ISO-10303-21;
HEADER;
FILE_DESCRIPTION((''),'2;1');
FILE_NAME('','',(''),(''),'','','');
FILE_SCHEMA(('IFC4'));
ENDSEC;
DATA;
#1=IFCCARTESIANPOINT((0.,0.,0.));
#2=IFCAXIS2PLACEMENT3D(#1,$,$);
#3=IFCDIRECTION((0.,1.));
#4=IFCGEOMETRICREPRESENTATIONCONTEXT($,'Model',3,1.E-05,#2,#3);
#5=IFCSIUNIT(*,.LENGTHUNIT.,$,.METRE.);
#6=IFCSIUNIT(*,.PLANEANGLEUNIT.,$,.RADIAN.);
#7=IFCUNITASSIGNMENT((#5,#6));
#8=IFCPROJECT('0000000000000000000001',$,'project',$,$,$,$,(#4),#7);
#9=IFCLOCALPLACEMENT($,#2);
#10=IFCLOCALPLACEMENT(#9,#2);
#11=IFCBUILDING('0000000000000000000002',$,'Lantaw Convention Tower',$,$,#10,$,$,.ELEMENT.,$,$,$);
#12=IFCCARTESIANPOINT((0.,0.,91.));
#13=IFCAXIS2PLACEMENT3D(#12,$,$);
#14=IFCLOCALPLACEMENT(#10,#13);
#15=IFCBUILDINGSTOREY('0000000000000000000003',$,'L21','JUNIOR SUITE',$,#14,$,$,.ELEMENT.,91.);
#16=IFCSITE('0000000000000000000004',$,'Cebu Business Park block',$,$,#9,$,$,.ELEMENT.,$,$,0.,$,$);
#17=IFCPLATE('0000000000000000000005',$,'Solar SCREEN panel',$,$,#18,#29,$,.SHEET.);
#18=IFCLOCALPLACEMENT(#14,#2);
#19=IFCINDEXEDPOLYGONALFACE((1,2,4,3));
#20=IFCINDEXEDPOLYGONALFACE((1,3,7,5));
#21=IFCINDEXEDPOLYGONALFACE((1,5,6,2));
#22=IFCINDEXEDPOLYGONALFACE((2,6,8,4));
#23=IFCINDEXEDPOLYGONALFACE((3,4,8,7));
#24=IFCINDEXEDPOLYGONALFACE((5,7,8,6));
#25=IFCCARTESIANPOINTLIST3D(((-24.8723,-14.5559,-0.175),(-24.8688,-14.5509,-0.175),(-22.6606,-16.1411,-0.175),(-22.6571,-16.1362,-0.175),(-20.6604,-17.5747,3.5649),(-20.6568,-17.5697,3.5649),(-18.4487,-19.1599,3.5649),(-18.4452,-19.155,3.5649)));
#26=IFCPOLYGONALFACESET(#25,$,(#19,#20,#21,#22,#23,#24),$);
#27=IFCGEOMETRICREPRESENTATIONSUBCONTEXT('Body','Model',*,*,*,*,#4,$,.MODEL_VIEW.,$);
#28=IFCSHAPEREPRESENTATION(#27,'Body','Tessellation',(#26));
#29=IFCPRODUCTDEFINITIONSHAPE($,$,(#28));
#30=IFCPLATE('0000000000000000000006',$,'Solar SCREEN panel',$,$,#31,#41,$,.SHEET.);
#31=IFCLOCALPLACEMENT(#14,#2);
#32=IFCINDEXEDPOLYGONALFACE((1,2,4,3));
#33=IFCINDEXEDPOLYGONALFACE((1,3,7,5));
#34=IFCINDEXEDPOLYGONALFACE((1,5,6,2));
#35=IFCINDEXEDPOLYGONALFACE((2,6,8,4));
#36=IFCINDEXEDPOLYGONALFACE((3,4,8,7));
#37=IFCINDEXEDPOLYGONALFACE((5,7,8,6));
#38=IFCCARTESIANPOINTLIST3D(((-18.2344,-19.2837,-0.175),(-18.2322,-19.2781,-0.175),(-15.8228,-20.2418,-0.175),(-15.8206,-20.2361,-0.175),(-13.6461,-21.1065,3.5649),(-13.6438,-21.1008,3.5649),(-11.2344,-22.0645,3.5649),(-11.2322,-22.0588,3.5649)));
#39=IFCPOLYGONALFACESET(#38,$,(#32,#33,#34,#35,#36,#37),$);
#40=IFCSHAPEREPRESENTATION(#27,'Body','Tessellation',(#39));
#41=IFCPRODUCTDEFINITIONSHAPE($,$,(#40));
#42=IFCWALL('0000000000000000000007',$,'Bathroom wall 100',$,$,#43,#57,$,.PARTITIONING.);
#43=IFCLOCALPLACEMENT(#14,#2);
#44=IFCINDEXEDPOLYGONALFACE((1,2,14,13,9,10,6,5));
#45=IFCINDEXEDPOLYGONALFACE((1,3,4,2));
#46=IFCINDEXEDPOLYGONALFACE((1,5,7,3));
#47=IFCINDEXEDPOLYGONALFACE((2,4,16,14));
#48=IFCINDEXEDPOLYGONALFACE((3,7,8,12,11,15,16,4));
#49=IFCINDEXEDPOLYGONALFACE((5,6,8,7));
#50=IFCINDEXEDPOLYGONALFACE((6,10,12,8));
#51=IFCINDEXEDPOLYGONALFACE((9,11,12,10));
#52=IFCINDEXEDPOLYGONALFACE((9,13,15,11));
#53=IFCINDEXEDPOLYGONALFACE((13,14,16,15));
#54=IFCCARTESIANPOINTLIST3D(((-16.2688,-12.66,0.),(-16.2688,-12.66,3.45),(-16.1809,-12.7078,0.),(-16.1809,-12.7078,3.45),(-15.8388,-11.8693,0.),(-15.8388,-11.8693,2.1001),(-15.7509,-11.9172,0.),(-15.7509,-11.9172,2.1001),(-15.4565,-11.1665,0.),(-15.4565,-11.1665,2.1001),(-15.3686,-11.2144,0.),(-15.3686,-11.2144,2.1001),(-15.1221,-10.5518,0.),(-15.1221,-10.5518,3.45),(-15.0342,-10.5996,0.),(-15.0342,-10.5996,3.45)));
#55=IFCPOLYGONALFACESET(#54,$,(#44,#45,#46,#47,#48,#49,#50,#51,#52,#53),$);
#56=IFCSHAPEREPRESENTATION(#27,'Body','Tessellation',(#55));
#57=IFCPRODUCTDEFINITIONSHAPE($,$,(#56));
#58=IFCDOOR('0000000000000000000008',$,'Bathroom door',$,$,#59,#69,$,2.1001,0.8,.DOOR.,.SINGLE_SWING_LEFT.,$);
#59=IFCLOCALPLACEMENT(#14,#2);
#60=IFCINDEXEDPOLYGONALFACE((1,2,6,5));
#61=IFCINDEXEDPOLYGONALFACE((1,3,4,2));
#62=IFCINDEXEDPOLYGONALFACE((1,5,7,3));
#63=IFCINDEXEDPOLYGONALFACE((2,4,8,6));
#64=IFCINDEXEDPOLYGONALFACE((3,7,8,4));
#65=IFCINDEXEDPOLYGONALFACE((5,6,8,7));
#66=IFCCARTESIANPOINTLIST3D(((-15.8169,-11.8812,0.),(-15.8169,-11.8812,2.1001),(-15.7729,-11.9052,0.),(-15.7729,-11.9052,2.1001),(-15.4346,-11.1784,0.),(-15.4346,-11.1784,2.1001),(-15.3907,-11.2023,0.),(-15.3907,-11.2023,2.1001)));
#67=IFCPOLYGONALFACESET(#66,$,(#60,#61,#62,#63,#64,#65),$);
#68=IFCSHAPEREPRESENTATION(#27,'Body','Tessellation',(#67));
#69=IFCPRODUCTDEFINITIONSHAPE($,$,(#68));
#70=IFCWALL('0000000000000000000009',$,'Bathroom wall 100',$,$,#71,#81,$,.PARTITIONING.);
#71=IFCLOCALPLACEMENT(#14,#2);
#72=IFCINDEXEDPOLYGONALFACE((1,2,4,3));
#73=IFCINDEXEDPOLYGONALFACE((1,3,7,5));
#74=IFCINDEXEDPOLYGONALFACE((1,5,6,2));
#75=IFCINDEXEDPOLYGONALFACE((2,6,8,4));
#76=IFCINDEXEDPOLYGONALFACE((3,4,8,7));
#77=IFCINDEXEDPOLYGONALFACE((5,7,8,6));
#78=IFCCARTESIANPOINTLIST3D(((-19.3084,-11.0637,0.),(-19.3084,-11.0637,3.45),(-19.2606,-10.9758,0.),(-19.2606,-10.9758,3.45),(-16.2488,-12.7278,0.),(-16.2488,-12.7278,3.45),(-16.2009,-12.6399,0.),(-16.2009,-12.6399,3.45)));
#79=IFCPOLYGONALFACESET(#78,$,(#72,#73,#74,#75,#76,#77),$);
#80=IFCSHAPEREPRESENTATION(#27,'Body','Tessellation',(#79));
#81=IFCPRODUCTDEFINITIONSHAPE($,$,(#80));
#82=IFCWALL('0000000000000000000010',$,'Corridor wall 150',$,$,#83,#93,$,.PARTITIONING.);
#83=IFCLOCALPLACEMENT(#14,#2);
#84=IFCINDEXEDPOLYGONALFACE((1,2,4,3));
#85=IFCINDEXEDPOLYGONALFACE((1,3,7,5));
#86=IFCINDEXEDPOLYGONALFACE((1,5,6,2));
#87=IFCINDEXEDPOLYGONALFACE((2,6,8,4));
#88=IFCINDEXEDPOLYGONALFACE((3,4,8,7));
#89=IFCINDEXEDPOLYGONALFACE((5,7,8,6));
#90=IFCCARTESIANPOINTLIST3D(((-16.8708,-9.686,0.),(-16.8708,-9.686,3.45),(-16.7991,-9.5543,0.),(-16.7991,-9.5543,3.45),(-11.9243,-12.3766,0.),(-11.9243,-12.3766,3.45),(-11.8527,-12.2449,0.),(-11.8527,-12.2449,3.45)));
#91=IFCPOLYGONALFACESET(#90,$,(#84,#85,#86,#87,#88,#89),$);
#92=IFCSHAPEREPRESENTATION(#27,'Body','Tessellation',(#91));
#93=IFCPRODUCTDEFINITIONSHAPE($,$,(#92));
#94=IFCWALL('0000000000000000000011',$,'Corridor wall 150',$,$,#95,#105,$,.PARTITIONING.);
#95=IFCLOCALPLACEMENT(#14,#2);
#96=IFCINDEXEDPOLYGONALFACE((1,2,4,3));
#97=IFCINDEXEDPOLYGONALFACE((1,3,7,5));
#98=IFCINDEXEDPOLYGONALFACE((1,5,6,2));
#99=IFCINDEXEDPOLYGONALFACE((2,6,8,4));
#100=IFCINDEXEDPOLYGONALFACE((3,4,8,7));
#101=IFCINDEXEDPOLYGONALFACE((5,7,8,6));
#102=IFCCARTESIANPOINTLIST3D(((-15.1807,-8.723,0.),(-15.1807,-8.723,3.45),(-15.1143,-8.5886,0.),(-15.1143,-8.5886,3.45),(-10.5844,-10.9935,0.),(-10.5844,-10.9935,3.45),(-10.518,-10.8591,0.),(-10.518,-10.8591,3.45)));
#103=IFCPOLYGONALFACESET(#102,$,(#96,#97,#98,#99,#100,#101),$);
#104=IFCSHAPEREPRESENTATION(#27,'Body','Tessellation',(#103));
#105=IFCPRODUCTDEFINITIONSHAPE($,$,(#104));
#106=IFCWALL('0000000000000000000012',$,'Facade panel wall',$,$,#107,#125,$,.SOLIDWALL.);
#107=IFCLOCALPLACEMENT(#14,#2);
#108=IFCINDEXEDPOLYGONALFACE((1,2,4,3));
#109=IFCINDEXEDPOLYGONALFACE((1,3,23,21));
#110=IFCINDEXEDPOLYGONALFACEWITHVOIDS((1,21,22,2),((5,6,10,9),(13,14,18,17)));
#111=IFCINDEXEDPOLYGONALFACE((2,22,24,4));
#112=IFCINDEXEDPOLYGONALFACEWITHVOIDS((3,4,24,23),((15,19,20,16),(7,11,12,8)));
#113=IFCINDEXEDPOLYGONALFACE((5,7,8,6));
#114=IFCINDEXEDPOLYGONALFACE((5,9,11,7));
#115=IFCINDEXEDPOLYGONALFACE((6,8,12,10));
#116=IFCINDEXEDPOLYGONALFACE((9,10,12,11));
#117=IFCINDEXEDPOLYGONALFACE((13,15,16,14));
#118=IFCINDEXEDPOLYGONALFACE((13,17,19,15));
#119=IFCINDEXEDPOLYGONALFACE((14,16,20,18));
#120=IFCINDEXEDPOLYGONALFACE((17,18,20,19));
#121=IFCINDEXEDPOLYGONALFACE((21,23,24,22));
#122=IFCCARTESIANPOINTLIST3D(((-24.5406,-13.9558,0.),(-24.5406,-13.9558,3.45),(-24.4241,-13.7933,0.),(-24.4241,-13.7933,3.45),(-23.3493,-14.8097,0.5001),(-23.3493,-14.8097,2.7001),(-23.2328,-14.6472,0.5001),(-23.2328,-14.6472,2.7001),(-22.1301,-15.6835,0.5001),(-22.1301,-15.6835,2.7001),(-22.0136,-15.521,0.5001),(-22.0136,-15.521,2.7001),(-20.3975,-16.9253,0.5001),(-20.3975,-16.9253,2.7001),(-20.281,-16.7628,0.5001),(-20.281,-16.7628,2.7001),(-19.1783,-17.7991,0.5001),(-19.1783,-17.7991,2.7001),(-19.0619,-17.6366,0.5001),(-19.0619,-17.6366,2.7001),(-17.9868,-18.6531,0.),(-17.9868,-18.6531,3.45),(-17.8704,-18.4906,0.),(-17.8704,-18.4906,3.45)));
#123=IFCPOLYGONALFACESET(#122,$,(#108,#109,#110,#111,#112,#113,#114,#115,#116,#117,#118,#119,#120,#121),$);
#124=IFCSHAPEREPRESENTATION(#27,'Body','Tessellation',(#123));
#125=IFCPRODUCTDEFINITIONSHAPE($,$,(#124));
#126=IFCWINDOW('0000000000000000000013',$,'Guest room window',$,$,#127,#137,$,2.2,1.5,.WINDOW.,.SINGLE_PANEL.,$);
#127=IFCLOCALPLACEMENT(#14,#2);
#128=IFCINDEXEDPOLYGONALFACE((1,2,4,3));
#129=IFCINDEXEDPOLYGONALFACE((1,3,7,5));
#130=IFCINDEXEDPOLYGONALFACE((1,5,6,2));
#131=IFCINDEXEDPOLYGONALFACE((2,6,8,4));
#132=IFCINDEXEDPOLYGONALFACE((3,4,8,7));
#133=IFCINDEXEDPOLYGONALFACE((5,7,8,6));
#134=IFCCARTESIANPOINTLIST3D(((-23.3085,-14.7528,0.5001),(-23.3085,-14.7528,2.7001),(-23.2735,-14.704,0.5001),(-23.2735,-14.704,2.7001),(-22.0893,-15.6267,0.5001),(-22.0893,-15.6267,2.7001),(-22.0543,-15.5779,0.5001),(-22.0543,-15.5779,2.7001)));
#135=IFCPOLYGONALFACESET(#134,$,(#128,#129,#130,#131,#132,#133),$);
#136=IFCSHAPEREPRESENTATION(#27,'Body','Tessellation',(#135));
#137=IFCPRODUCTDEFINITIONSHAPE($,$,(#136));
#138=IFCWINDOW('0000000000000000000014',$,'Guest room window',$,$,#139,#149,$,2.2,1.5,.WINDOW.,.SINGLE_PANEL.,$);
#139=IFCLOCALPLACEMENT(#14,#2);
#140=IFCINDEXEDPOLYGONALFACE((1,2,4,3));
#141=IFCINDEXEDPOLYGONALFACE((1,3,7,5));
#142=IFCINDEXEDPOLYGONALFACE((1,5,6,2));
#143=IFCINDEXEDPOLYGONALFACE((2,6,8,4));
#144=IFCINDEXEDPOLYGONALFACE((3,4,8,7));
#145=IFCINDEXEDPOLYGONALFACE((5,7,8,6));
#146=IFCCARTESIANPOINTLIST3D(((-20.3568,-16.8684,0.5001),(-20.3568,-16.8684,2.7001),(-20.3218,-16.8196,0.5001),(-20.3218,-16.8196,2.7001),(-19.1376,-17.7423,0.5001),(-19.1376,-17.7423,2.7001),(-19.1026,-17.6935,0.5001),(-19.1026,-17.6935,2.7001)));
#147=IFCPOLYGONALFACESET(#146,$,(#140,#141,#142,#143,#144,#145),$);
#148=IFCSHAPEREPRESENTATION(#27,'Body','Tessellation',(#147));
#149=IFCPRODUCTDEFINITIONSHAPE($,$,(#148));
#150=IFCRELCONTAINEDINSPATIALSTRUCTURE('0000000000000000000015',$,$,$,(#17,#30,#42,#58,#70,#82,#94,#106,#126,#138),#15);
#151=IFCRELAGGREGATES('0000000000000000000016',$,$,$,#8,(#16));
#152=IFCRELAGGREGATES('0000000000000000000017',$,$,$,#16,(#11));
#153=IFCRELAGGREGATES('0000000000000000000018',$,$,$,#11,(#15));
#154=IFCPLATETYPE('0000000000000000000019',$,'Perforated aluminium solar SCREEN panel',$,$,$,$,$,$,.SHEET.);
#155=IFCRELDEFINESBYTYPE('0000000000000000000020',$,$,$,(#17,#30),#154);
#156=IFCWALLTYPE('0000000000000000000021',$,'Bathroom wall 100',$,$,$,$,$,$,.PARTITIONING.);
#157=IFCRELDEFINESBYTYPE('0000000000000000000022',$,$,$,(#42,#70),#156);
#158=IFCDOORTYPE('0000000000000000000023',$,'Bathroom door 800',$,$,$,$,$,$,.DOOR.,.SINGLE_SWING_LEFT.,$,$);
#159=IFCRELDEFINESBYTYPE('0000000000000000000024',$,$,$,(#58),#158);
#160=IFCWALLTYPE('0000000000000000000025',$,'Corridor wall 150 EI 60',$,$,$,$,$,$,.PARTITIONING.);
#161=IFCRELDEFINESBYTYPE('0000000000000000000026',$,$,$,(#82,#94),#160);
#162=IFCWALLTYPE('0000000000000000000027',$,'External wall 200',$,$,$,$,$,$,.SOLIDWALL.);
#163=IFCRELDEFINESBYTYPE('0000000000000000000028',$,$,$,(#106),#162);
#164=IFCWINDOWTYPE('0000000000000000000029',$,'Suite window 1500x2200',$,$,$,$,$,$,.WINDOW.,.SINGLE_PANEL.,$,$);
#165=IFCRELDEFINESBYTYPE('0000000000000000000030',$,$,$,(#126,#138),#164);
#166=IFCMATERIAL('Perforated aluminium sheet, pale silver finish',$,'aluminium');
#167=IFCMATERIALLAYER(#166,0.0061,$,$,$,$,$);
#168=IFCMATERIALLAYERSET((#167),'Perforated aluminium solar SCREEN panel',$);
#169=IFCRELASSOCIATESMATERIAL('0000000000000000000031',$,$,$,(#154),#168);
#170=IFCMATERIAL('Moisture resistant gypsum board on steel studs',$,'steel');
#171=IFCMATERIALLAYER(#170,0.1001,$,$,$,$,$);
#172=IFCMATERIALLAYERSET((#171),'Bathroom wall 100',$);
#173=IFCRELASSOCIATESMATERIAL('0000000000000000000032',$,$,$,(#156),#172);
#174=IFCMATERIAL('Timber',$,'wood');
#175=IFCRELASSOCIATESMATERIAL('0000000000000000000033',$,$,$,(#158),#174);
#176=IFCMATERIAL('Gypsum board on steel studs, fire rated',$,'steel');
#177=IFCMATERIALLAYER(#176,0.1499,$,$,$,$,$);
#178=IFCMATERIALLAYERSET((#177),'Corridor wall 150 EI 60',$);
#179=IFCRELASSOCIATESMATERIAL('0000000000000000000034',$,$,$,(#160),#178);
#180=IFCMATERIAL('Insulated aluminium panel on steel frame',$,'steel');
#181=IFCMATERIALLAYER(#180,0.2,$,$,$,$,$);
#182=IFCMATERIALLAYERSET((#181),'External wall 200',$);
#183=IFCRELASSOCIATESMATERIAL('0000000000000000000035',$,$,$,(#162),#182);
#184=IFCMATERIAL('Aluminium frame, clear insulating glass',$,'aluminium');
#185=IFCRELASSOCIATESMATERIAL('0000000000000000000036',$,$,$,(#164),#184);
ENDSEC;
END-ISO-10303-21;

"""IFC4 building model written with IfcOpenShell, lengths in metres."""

from ifc_helpers import new_model, si_unit, direction, frame, frame_2d, origin, place, context, subcontext, project, spatial, polyline, rectangle, outline, extrude, material, layer, layer_set, type_object, element, fill, save


model = new_model("IFC4")

# Units and contexts
model_context = context("Model", 3, precision=1e-05, world=origin(), true_north=direction((0.0, 1.0)))
body_context = subcontext(model_context, "Body", "Model", "MODEL_VIEW")
ifc_project = project(units=[si_unit("LENGTHUNIT", "METRE"), si_unit("PLANEANGLEUNIT", "RADIAN")], contexts=[model_context])

# Site, building, storey
site_placement = place(None, origin())
site = spatial("IfcSite", under=ifc_project, at=site_placement, Name="Cebu Business Park block", CompositionType="ELEMENT", RefElevation=0.0)
building_placement = place(site_placement, origin())
building = spatial("IfcBuilding", under=site, at=building_placement, Name="Lantaw Convention Tower", CompositionType="ELEMENT")
storey_placement = place(building_placement, frame((0.0, 0.0, 91.0)))
storey = spatial("IfcBuildingStorey", under=building, at=storey_placement, Name="L21", Description="JUNIOR SUITE", CompositionType="ELEMENT", Elevation=91.0)

# Plates
ifc_material_1 = material(Name="Perforated aluminium sheet, pale silver finish", Category="aluminium")
ifc_layer_1 = layer(ifc_material_1, 0.0061)
ifc_layer_set_1 = layer_set([ifc_layer_1], Name="Perforated aluminium solar SCREEN panel")
plate_type = type_object("IfcPlateType", Name="Perforated aluminium solar SCREEN panel", PredefinedType="SHEET", material=ifc_layer_set_1)
plate_1_placement = place(storey_placement, frame((-24.8723, -14.5559, -0.175), z_axis=(-0.582561, -0.812787, 0.000016), x_axis=(0.812787, -0.582561, 0.0)))
element("IfcPlate", 1, at=plate_1_placement, inside=storey, type_object=plate_type, Name="Solar SCREEN panel", PredefinedType="SHEET", context=body_context, shape_type="SweptSolid", body=[
    extrude(outline(polyline([(0.0, 0.0), (2.7211, 0.0), (7.9031, 3.74), (5.182, 3.74), (0.0, 0.0)])), origin(), (0.0, 0.0, -1.0), 0.0061),
])
plate_2_placement = place(storey_placement, frame((-18.2322, -19.2781, -0.175), z_axis=(0.369184, 0.929357, 0.000009), x_axis=(0.929357, -0.369184, 0.0)))
element("IfcPlate", 2, at=plate_2_placement, inside=storey, type_object=plate_type, Name="Solar SCREEN panel", PredefinedType="SHEET", context=body_context, shape_type="SweptSolid", body=[
    extrude(outline(polyline([(0.0, 0.0), (2.5949, 0.0), (7.5321, -3.74), (4.9372, -3.74), (0.0, 0.0)])), origin(), (0.0, 0.0, -1.0), 0.0061),
])

# Wall, opening, door
ifc_material_2 = material(Name="Moisture resistant gypsum board on steel studs", Category="steel")
ifc_layer_2 = layer(ifc_material_2, 0.1001)
ifc_layer_set_2 = layer_set([ifc_layer_2], Name="Bathroom wall 100")
wall_type_1 = type_object("IfcWallType", Name="Bathroom wall 100", PredefinedType="PARTITIONING", material=ifc_layer_set_2)
wall_1_placement = place(storey_placement, frame((-15.0781, -10.5757, 0.0), z_axis=(0.0, 0.0, 1.0), x_axis=(-0.477833, -0.878451, 0.0)))
wall_1 = element("IfcWall", 3, at=wall_1_placement, inside=storey, type_object=wall_type_1, Name="Bathroom wall 100", PredefinedType="PARTITIONING", context=body_context, shape_type="SweptSolid", body=[
    extrude(rectangle(XDim=2.3999, YDim=0.1001, at=frame_2d((1.2, 0.0))), origin(), (0.0, 0.0, 1.0), 3.45),
])
opening_1_placement = place(wall_1_placement, frame((0.7, 0.0, 0.0)))
opening_1 = element("IfcOpeningElement", 4, at=opening_1_placement, cuts=wall_1, PredefinedType="OPENING", context=body_context, shape_type="SweptSolid", body=[
    extrude(rectangle(XDim=0.8, YDim=2.1001, at=frame_2d((0.3999, 1.05))), frame((0.0, 0.0601, 0.0), z_axis=(0.0, -1.0, 0.0), x_axis=(1.0, 0.0, 0.0)), (0.0, 0.0, 1.0), 0.1201),
])
ifc_material_3 = material(Name="Timber", Category="wood")
door_type = type_object("IfcDoorType", Name="Bathroom door 800", OperationType="SINGLE_SWING_LEFT", PredefinedType="DOOR", material=ifc_material_3)
door_placement = place(opening_1_placement, origin())
door = element("IfcDoor", 5, at=door_placement, inside=storey, type_object=door_type, Name="Bathroom door", OperationType="SINGLE_SWING_LEFT", OverallHeight=2.1001, OverallWidth=0.8, PredefinedType="DOOR", context=body_context, shape_type="SweptSolid", body=[
    extrude(rectangle(XDim=0.8, YDim=2.1001, at=frame_2d((0.3999, 1.05))), frame((0.0, 0.0249, 0.0), z_axis=(0.0, -1.0, 0.0), x_axis=(1.0, 0.0, 0.0)), (0.0, 0.0, 1.0), 0.05),
])
fill(opening_1, door)

# Walls
wall_2_placement = place(storey_placement, frame((-16.2249, -12.6838, 0.0), z_axis=(0.0, 0.0, 1.0), x_axis=(-0.878474, 0.477791, 0.0)))
element("IfcWall", 6, at=wall_2_placement, inside=storey, type_object=wall_type_1, Name="Bathroom wall 100", PredefinedType="PARTITIONING", context=body_context, shape_type="SweptSolid", body=[
    extrude(rectangle(XDim=3.4829, YDim=0.1001, at=frame_2d((1.7415, 0.0))), origin(), (0.0, 0.0, 1.0), 3.45),
])
ifc_material_4 = material(Name="Gypsum board on steel studs, fire rated", Category="steel")
ifc_layer_3 = layer(ifc_material_4, 0.1499)
ifc_layer_set_3 = layer_set([ifc_layer_3], Name="Corridor wall 150 EI 60")
wall_type_2 = type_object("IfcWallType", Name="Corridor wall 150 EI 60", PredefinedType="PARTITIONING", material=ifc_layer_set_3)
wall_3_placement = place(storey_placement, frame((-16.835, -9.6201, 0.0), z_axis=(0.0, 0.0, 1.0), x_axis=(0.87845, -0.477834, 0.0)))
element("IfcWall", 7, at=wall_3_placement, inside=storey, type_object=wall_type_2, Name="Corridor wall 150", PredefinedType="PARTITIONING", context=body_context, shape_type="SweptSolid", body=[
    extrude(rectangle(XDim=5.6309, YDim=0.1499, at=frame_2d((2.8154, 0.0))), origin(), (0.0, 0.0, 1.0), 3.45),
])
wall_4_placement = place(storey_placement, frame((-15.1475, -8.6558, 0.0), z_axis=(0.0, 0.0, 1.0), x_axis=(0.896569, -0.442903, 0.0)))
element("IfcWall", 8, at=wall_4_placement, inside=storey, type_object=wall_type_2, Name="Corridor wall 150", PredefinedType="PARTITIONING", context=body_context, shape_type="SweptSolid", body=[
    extrude(rectangle(XDim=5.1265, YDim=0.1499, at=frame_2d((2.5632, 0.0))), origin(), (0.0, 0.0, 1.0), 3.45),
])

# Wall, openings, windows
ifc_material_5 = material(Name="Insulated aluminium panel on steel frame", Category="steel")
ifc_layer_4 = layer(ifc_material_5, 0.2)
ifc_layer_set_4 = layer_set([ifc_layer_4], Name="External wall 200")
wall_type_3 = type_object("IfcWallType", Name="External wall 200", PredefinedType="SOLIDWALL", material=ifc_layer_set_4)
wall_5_placement = place(storey_placement, frame((-24.4824, -13.8745, 0.0), z_axis=(0.0, 0.0, 1.0), x_axis=(0.812791, -0.582555, 0.0)))
wall_5 = element("IfcWall", 9, at=wall_5_placement, inside=storey, type_object=wall_type_3, Name="Facade panel wall", PredefinedType="SOLIDWALL", context=body_context, shape_type="SweptSolid", body=[
    extrude(rectangle(XDim=8.0632, YDim=0.2, at=frame_2d((4.0317, 0.0))), origin(), (0.0, 0.0, 1.0), 3.45),
])
opening_2_placement = place(wall_5_placement, frame((1.4658, 0.0, 0.5)))
opening_2 = element("IfcOpeningElement", 10, at=opening_2_placement, cuts=wall_5, PredefinedType="OPENING", context=body_context, shape_type="SweptSolid", body=[
    extrude(rectangle(XDim=1.5, YDim=2.2, at=frame_2d((0.75, 1.1001))), frame((0.0, 0.1099, 0.0), z_axis=(0.0, -1.0, 0.0), x_axis=(1.0, 0.0, 0.0)), (0.0, 0.0, 1.0), 0.22),
])
opening_3_placement = place(wall_5_placement, frame((5.0974, 0.0, 0.5)))
opening_3 = element("IfcOpeningElement", 11, at=opening_3_placement, cuts=wall_5, PredefinedType="OPENING", context=body_context, shape_type="SweptSolid", body=[
    extrude(rectangle(XDim=1.5, YDim=2.2, at=frame_2d((0.75, 1.1001))), frame((0.0, 0.1099, 0.0), z_axis=(0.0, -1.0, 0.0), x_axis=(1.0, 0.0, 0.0)), (0.0, 0.0, 1.0), 0.22),
])
ifc_material_6 = material(Name="Aluminium frame, clear insulating glass", Category="aluminium")
window_type = type_object("IfcWindowType", Name="Suite window 1500x2200", PartitioningType="SINGLE_PANEL", PredefinedType="WINDOW", material=ifc_material_6)
window_1_placement = place(opening_2_placement, origin())
window_1 = element("IfcWindow", 12, at=window_1_placement, inside=storey, type_object=window_type, Name="Guest room window", OverallHeight=2.2, OverallWidth=1.5, PartitioningType="SINGLE_PANEL", PredefinedType="WINDOW", context=body_context, shape_type="SweptSolid", body=[
    extrude(rectangle(XDim=1.5, YDim=2.2, at=frame_2d((0.75, 1.1001))), frame((0.0, 0.03, 0.0), z_axis=(0.0, -1.0, 0.0), x_axis=(1.0, 0.0, 0.0)), (0.0, 0.0, 1.0), 0.0601),
])
fill(opening_2, window_1)
window_2_placement = place(opening_3_placement, origin())
window_2 = element("IfcWindow", 13, at=window_2_placement, inside=storey, type_object=window_type, Name="Guest room window", OverallHeight=2.2, OverallWidth=1.5, PartitioningType="SINGLE_PANEL", PredefinedType="WINDOW", context=body_context, shape_type="SweptSolid", body=[
    extrude(rectangle(XDim=1.5, YDim=2.2, at=frame_2d((0.75, 1.1001))), frame((0.0, 0.03, 0.0), z_axis=(0.0, -1.0, 0.0), x_axis=(1.0, 0.0, 0.0)), (0.0, 0.0, 1.0), 0.0601),
])
fill(opening_3, window_2)

save(model, "model.ifc")
